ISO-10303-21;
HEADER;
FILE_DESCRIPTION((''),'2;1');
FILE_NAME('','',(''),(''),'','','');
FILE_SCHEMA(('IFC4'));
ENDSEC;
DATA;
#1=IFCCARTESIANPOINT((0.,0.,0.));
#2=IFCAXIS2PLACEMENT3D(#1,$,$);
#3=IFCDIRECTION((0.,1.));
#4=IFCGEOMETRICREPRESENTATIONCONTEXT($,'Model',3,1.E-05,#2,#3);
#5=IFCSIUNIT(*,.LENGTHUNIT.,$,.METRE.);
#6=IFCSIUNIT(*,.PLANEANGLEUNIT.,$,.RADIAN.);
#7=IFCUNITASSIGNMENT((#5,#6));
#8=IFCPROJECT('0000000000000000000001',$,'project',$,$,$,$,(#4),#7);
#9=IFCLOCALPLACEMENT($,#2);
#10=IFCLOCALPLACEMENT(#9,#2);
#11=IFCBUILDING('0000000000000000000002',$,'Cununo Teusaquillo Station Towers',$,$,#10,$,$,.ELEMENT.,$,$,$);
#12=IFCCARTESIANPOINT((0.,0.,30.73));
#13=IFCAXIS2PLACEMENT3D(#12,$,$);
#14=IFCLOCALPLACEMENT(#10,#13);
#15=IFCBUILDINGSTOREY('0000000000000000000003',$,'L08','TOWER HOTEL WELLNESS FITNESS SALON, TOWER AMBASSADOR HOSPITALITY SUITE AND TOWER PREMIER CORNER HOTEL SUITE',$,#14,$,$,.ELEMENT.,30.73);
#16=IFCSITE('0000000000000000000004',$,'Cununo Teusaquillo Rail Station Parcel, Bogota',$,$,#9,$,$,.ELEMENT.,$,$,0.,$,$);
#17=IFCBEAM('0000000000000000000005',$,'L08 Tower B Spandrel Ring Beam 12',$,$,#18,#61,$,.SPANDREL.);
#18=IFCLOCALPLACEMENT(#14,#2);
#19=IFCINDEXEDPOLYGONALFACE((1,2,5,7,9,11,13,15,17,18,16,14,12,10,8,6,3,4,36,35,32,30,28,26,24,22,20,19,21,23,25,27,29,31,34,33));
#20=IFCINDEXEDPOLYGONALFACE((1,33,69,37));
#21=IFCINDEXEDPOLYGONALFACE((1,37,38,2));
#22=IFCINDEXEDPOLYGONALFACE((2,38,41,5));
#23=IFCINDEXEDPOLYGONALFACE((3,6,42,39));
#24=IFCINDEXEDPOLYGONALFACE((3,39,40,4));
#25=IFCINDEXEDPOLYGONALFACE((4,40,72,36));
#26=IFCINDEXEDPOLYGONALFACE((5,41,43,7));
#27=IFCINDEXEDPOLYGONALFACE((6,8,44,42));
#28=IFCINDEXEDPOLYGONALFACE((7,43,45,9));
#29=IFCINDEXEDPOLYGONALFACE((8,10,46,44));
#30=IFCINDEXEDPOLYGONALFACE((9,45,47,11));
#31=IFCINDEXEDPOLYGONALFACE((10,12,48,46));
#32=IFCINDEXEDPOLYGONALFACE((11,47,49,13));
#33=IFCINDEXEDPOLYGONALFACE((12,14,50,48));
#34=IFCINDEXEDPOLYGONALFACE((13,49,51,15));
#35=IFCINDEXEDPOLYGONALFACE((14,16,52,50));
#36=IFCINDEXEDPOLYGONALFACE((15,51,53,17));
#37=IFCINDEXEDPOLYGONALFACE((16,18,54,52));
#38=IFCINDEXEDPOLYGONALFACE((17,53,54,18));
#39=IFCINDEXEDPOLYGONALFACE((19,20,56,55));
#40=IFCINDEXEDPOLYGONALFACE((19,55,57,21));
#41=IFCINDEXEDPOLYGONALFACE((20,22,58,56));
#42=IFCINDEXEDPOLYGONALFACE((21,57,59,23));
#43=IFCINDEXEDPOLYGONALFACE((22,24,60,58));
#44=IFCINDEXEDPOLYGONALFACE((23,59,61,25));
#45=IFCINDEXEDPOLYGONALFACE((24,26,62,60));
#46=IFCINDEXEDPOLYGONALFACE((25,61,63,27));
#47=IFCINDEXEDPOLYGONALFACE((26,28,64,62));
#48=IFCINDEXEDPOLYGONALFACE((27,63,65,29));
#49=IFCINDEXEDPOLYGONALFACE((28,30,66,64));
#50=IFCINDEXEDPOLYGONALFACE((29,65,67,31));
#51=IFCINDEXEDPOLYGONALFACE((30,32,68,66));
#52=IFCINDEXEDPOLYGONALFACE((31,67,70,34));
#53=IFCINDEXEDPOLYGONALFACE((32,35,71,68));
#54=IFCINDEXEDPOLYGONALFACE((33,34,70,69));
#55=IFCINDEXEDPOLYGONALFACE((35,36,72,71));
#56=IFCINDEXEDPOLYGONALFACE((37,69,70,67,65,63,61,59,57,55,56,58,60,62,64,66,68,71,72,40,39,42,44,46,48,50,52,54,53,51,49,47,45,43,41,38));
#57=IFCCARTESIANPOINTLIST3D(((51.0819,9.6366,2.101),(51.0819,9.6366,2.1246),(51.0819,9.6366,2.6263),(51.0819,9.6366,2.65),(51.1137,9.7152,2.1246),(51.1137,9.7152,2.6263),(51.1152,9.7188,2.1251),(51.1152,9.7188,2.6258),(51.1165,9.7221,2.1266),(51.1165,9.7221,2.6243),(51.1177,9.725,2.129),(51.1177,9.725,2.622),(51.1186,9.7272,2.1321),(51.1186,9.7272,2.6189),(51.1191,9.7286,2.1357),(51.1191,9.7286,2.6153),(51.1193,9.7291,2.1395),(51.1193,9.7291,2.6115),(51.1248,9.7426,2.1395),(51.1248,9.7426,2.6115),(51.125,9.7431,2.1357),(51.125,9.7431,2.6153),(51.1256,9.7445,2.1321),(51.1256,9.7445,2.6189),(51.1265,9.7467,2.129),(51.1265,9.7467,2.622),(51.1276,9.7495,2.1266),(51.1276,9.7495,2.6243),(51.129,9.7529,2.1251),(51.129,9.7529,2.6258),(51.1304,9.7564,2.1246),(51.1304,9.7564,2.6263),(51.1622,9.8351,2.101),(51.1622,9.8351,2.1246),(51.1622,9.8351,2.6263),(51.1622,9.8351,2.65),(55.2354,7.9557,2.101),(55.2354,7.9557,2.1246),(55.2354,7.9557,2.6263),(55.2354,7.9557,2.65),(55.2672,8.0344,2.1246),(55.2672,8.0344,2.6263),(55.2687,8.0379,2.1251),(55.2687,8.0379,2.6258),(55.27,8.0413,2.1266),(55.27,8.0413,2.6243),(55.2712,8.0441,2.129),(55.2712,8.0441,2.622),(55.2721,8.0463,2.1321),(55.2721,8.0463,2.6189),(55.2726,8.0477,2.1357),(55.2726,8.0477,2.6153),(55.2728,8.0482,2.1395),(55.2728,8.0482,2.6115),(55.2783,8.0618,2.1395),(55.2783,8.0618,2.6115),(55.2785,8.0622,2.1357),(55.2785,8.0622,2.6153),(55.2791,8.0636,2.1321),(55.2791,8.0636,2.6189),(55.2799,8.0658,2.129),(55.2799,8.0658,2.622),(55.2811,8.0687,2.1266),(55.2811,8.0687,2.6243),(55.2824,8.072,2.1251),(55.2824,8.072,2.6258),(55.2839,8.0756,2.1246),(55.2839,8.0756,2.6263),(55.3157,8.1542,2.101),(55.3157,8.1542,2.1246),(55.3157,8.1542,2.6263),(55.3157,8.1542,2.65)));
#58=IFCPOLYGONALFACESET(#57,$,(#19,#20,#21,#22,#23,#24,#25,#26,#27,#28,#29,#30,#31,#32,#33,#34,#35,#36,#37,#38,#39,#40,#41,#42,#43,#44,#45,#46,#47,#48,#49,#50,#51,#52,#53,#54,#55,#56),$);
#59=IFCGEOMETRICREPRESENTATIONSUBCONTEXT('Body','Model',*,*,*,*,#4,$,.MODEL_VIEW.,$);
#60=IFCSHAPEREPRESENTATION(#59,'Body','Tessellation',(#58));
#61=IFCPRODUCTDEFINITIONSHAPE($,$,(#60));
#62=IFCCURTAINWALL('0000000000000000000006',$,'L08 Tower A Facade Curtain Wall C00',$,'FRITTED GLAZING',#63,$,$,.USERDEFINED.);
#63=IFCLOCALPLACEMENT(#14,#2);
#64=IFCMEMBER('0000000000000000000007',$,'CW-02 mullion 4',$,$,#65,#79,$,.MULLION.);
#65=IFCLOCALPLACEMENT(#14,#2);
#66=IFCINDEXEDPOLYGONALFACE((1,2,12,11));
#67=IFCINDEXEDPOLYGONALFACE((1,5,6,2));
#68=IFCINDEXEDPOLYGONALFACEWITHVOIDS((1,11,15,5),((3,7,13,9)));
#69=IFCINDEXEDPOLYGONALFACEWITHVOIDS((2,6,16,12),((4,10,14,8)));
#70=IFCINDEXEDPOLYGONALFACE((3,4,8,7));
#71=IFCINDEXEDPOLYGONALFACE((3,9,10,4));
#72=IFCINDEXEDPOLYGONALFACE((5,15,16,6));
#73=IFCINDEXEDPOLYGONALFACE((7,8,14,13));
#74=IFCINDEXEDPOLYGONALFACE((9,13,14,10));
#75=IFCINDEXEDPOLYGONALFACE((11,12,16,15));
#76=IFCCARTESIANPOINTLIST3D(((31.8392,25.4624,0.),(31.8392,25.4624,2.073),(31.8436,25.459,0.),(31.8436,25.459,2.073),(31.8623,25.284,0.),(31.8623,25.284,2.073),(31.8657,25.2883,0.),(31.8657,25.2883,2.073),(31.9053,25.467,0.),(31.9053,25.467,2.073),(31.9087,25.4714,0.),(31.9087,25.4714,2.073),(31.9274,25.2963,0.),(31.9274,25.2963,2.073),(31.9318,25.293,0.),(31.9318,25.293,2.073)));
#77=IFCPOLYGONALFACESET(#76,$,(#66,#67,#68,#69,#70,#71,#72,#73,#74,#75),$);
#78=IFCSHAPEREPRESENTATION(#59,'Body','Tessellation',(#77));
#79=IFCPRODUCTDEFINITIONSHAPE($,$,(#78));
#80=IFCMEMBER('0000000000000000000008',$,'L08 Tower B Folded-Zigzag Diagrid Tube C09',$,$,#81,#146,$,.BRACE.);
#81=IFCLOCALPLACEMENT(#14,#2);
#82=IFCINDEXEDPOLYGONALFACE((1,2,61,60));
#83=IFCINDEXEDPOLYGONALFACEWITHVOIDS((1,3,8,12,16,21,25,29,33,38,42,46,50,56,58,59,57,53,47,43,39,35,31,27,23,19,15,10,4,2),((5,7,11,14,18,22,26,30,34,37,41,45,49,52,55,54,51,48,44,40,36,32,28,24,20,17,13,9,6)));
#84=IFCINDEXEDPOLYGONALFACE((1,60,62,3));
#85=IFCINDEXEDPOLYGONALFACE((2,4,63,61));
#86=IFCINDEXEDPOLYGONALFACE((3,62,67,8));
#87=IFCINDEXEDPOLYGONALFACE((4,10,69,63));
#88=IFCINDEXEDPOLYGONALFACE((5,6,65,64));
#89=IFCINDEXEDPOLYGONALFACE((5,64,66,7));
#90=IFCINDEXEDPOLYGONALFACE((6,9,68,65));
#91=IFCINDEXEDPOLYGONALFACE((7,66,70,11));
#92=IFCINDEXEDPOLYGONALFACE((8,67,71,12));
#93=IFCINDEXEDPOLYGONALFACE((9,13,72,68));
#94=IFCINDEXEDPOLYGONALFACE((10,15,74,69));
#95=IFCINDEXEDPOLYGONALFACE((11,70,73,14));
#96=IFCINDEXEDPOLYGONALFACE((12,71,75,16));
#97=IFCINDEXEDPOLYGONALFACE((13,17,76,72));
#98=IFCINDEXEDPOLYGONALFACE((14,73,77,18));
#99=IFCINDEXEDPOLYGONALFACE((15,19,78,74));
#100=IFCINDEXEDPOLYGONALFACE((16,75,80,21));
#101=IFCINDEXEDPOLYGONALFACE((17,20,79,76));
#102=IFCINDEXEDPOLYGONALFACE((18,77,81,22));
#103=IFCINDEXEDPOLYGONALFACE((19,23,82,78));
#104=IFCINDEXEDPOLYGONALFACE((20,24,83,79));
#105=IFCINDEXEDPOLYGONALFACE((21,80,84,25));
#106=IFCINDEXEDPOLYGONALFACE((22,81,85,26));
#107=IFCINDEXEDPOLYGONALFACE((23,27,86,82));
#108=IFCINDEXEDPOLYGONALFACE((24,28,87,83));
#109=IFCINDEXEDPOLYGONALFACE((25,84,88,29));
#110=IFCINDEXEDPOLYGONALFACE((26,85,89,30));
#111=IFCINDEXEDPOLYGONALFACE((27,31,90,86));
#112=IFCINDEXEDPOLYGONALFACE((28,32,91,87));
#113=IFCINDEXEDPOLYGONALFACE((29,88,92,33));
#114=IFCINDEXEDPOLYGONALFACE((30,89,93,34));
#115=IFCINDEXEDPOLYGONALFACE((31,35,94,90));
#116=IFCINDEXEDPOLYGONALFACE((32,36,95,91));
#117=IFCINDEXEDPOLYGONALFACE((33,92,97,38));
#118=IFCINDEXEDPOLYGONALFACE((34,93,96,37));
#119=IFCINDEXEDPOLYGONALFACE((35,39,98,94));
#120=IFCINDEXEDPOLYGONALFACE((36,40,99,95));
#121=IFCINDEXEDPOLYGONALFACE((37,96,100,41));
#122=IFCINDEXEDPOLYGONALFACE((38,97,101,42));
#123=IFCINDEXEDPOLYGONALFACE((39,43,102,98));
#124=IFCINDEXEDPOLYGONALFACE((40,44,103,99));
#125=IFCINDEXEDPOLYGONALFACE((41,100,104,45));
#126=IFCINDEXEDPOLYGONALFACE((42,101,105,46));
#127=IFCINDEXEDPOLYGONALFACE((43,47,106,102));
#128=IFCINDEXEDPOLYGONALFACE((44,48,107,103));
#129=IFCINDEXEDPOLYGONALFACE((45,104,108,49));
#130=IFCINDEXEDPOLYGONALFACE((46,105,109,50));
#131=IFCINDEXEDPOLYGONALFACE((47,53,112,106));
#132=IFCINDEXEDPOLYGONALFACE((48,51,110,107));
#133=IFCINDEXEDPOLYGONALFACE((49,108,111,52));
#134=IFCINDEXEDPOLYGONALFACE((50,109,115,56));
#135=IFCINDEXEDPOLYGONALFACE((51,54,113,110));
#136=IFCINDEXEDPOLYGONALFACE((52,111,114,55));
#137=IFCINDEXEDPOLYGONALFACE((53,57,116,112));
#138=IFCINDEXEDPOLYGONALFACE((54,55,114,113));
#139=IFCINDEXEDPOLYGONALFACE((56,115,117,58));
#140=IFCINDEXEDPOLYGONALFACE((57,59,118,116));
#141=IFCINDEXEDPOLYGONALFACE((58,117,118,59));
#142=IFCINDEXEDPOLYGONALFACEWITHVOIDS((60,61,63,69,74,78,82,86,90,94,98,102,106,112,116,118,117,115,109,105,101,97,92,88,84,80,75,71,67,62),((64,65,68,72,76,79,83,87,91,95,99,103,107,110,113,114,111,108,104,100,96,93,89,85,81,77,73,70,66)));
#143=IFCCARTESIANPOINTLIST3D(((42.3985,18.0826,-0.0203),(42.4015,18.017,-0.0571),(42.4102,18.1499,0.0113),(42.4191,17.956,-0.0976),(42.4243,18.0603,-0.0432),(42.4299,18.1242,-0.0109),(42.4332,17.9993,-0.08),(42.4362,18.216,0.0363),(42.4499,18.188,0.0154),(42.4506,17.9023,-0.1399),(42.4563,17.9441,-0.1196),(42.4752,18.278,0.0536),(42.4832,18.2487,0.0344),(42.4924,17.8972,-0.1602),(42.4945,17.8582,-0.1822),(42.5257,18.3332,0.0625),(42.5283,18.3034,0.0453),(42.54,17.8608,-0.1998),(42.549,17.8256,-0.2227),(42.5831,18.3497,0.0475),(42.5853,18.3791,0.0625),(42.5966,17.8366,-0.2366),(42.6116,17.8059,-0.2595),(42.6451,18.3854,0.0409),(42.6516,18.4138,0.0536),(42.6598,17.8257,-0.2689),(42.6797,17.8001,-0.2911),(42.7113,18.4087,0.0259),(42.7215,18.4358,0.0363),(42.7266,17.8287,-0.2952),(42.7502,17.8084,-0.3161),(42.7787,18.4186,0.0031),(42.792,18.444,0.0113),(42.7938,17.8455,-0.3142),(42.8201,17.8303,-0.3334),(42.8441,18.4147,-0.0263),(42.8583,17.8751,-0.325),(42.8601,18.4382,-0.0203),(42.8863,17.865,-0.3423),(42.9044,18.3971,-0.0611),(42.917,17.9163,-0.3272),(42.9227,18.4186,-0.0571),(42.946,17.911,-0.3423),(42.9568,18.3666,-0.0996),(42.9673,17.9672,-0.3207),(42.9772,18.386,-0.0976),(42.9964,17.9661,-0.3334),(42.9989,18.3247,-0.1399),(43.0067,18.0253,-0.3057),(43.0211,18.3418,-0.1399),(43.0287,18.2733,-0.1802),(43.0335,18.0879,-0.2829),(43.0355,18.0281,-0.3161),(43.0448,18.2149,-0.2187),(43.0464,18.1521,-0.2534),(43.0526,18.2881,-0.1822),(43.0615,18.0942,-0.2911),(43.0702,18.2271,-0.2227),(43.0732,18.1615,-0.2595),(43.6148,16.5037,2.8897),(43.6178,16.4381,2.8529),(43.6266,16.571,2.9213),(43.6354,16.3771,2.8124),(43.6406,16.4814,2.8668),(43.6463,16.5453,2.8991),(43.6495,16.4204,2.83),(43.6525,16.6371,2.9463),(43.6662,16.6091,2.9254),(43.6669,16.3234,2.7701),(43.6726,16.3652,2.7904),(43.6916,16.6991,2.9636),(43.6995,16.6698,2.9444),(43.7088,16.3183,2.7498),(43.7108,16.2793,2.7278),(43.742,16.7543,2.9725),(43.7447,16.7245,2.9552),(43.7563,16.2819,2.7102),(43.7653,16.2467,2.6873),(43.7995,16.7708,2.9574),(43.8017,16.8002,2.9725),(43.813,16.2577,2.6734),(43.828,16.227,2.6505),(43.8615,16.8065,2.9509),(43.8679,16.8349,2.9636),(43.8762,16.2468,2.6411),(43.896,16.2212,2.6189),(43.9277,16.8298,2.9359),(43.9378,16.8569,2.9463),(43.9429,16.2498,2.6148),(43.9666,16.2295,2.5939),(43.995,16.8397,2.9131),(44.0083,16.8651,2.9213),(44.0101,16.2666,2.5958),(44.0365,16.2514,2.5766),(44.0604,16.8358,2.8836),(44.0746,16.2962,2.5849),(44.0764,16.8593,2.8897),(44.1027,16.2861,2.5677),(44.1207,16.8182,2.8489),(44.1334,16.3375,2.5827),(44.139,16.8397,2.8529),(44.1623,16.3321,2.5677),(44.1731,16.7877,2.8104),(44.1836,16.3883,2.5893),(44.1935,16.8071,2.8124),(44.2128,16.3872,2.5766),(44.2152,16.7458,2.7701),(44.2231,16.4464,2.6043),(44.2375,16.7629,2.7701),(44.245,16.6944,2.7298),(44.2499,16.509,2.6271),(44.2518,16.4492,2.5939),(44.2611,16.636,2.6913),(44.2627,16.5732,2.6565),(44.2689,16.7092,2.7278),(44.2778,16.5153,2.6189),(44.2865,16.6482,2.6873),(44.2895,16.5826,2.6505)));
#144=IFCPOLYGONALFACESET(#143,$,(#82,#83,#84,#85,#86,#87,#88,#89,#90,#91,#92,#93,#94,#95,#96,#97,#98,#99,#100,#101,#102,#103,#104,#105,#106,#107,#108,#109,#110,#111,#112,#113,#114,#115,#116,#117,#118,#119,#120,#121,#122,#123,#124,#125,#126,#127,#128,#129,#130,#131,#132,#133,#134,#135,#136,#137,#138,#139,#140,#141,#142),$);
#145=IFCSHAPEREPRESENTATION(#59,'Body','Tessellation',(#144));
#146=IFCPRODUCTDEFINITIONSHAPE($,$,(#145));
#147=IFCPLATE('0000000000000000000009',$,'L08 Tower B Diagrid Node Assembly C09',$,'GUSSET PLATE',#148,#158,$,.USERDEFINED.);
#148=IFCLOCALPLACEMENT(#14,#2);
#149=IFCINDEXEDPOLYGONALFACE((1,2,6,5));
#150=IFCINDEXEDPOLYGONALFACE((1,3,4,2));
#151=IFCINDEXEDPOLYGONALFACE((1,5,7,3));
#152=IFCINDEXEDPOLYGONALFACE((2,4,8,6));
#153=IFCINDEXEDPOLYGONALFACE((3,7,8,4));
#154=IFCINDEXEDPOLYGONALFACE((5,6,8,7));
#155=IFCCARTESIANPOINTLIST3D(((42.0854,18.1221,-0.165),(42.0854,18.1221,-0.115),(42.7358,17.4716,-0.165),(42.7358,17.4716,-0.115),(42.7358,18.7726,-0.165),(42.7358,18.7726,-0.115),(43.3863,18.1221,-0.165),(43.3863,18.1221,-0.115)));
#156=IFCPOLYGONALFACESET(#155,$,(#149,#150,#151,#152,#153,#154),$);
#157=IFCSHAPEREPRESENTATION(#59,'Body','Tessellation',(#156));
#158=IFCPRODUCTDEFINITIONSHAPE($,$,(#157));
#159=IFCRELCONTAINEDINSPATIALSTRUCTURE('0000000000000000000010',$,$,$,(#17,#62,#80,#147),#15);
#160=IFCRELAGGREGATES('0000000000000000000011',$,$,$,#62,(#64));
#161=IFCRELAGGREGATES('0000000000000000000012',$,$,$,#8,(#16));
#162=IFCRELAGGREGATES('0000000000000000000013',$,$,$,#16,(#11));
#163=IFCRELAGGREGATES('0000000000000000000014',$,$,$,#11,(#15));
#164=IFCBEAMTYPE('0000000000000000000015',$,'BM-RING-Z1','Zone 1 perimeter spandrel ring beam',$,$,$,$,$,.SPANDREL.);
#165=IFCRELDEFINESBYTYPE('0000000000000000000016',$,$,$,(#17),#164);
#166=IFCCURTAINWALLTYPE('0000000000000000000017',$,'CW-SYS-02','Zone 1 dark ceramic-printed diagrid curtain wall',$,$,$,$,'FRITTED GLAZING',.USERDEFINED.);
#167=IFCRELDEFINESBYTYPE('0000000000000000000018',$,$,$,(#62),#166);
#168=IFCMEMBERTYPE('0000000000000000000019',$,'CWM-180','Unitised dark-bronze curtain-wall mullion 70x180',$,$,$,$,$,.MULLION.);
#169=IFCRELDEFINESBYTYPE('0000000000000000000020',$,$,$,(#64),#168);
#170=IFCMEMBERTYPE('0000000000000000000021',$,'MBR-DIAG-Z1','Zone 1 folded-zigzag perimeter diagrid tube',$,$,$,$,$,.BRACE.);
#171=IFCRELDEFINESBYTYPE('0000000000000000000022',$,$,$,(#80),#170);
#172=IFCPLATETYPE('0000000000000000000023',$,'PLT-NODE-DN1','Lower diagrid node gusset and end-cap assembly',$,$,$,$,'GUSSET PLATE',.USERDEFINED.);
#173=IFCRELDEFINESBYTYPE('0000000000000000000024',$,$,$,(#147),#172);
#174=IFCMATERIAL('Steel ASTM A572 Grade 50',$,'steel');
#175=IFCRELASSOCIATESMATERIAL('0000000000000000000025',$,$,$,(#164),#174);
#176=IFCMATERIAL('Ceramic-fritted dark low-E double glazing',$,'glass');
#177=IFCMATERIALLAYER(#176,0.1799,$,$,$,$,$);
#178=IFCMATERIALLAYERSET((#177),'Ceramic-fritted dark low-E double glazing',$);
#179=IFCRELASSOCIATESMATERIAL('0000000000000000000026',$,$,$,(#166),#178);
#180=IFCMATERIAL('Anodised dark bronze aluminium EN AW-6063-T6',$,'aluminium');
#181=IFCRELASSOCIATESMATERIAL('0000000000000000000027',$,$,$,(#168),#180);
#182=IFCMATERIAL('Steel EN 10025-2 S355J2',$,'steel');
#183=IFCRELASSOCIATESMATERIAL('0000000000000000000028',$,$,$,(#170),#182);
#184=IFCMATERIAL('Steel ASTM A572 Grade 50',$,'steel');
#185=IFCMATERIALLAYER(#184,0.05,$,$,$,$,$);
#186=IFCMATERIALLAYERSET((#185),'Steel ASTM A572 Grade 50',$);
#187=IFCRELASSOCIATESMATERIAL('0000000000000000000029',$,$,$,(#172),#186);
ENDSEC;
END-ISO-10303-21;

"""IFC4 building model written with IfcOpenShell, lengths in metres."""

from ifc_helpers import new_model, si_unit, direction, frame, origin, origin_2d, place, context, subcontext, project, spatial, rectangle, hollow_rectangle, hollow_circle, i_section, extrude, source, transform, mapped, material, layer, layer_set, material_profile, profile_set, type_object, element, aggregate, save


model = new_model("IFC4")

# Units and contexts
model_context = context("Model", 3, precision=1e-05, world=origin(), true_north=direction((0.0, 1.0)))
body_context = subcontext(model_context, "Body", "Model", "MODEL_VIEW")
ifc_project = project(units=[si_unit("LENGTHUNIT", "METRE"), si_unit("PLANEANGLEUNIT", "RADIAN")], contexts=[model_context])

# Site, building, storey
site_placement = place(None, origin())
site = spatial("IfcSite", under=ifc_project, at=site_placement, Name="Cununo Teusaquillo Rail Station Parcel, Bogota", CompositionType="ELEMENT", RefElevation=0.0)
building_placement = place(site_placement, origin())
building = spatial("IfcBuilding", under=site, at=building_placement, Name="Cununo Teusaquillo Station Towers", CompositionType="ELEMENT")
storey_placement = place(building_placement, frame((0.0, 0.0, 30.73)))
storey = spatial("IfcBuildingStorey", under=building, at=storey_placement, Name="L08", Description="TOWER HOTEL WELLNESS FITNESS SALON, TOWER AMBASSADOR HOSPITALITY SUITE AND TOWER PREMIER CORNER HOTEL SUITE", CompositionType="ELEMENT", Elevation=30.73)

# Beam
ifc_material_1 = material(Name="Steel ASTM A572 Grade 50", Category="steel")
ifc_material_profile_1 = material_profile(ifc_material_1, i_section(OverallWidth=0.2141, OverallDepth=0.5491, WebThickness=0.0146, FlangeThickness=0.0237, FilletRadius=0.0149, at=origin_2d()), Name="W21X93")
ifc_profile_set_1 = profile_set([ifc_material_profile_1], Name="Steel ASTM A572 Grade 50")
beam_type_1 = type_object("IfcBeamType", Name="BM-RING-Z1", Description="Zone 1 perimeter spandrel ring beam", PredefinedType="SPANDREL", material=ifc_profile_set_1)
beam_1_placement = place(storey_placement, frame((51.1221, 9.7358, 2.3755), z_axis=(0.92697, -0.375136, 0.0), x_axis=(0.375136, 0.92697, 0.0)))
element("IfcBeam", 1, at=beam_1_placement, inside=storey, type_object=beam_type_1, Name="L08 Tower B Spandrel Ring Beam 12", PredefinedType="SPANDREL", context=body_context, shape_type="SweptSolid", body=[
    extrude(i_section(OverallWidth=0.2141, OverallDepth=0.5491, WebThickness=0.0146, FlangeThickness=0.0237, FilletRadius=0.0149, at=origin_2d()), origin(), (0.0, 0.0, 1.0), 4.4807),
])

# Curtain wall, member
ifc_material_2 = material(Name="Ceramic-fritted dark low-E double glazing", Category="glass")
ifc_layer_1 = layer(ifc_material_2, 0.1799)
ifc_layer_set_1 = layer_set([ifc_layer_1], Name="Ceramic-fritted dark low-E double glazing")
curtain_wall_type = type_object("IfcCurtainWallType", Name="CW-SYS-02", Description="Zone 1 dark ceramic-printed diagrid curtain wall", ElementType="FRITTED GLAZING", PredefinedType="USERDEFINED", material=ifc_layer_set_1)
curtain_wall_placement = place(storey_placement, origin())
curtain_wall = element("IfcCurtainWall", 2, at=curtain_wall_placement, inside=storey, type_object=curtain_wall_type, Name="L08 Tower A Facade Curtain Wall C00", ObjectType="FRITTED GLAZING", PredefinedType="USERDEFINED")
ifc_material_3 = material(Name="Anodised dark bronze aluminium EN AW-6063-T6", Category="aluminium")
ifc_material_profile_2 = material_profile(ifc_material_3, hollow_rectangle(XDim=0.0701, YDim=0.1799, WallThickness=0.0039, at=origin_2d()), Name="CW-MULL-70x180")
ifc_profile_set_2 = profile_set([ifc_material_profile_2], Name="Anodised dark bronze aluminium EN AW-6063-T6")
member_type_1 = type_object("IfcMemberType", Name="CWM-180", Description="Unitised dark-bronze curtain-wall mullion 70x180", PredefinedType="MULLION", material=ifc_profile_set_2)
member_1_placement = place(storey_placement, frame((31.8855, 25.3777, 0.0), z_axis=(0.0, 0.0, 1.0), x_axis=(0.991731, 0.128336, 0.0)))
member_1 = element("IfcMember", 3, at=member_1_placement, type_object=member_type_1, Name="CW-02 mullion 4", PredefinedType="MULLION", context=body_context, shape_type="SweptSolid", body=[
    extrude(hollow_rectangle(XDim=0.0701, YDim=0.1799, WallThickness=0.0039, at=origin_2d()), origin(), (0.0, 0.0, 1.0), 2.073),
])
aggregate(curtain_wall, [member_1])

# Member
ifc_material_4 = material(Name="Steel EN 10025-2 S355J2", Category="steel")
ifc_material_profile_3 = material_profile(ifc_material_4, hollow_circle(Radius=0.3601, WallThickness=0.0281, at=origin_2d()), Name="CHS 720x28")
ifc_profile_set_3 = profile_set([ifc_material_profile_3], Name="Steel EN 10025-2 S355J2")
member_type_2 = type_object("IfcMemberType", Name="MBR-DIAG-Z1", Description="Zone 1 folded-zigzag perimeter diagrid tube", PredefinedType="BRACE", material=ifc_profile_set_3)
member_2_placement = place(storey_placement, frame((42.7358, 18.1221, -0.1399), z_axis=(0.344856, -0.447648, 0.825037), x_axis=(0.792187, 0.610279, 0.0)))
element("IfcMember", 4, at=member_2_placement, inside=storey, type_object=member_type_2, Name="L08 Tower B Folded-Zigzag Diagrid Tube C09", PredefinedType="BRACE", context=body_context, shape_type="SweptSolid", body=[
    extrude(hollow_circle(Radius=0.3601, WallThickness=0.0281, at=origin_2d()), origin(), (0.0, 0.0, 1.0), 3.5271),
])

# Plate
ifc_material_5 = material(Name="Steel ASTM A572 Grade 50", Category="steel")
ifc_layer_2 = layer(ifc_material_5, 0.05)
ifc_layer_set_2 = layer_set([ifc_layer_2], Name="Steel ASTM A572 Grade 50")
plate_type = type_object("IfcPlateType", Name="PLT-NODE-DN1", Description="Lower diagrid node gusset and end-cap assembly", ElementType="GUSSET PLATE", PredefinedType="USERDEFINED", material=ifc_layer_set_2)
shared_shape_1 = source(origin(), body_context, "Body", "SweptSolid", [
    extrude(rectangle(XDim=0.9199, YDim=0.9199, at=origin_2d()), origin(), (0.0, 0.0, 1.0), 0.05),
])
plate_placement = place(storey_placement, frame((42.7358, 18.1221, -0.165), z_axis=(0.0, 0.0, 1.0), x_axis=(0.707107, 0.707107, 0.0)))
element("IfcPlate", 5, at=plate_placement, inside=storey, type_object=plate_type, Name="L08 Tower B Diagrid Node Assembly C09", ObjectType="GUSSET PLATE", PredefinedType="USERDEFINED", context=body_context, shape_type="MappedRepresentation", body=[
    mapped(shared_shape_1, transform((0.0, 0.0, 0.0), x_axis=(1.0, 0.0, 0.0), y_axis=(0.0, 1.0, 0.0), z_axis=(0.0, 0.0, 1.0), scale=1.0)),
])

save(model, "model.ifc")
